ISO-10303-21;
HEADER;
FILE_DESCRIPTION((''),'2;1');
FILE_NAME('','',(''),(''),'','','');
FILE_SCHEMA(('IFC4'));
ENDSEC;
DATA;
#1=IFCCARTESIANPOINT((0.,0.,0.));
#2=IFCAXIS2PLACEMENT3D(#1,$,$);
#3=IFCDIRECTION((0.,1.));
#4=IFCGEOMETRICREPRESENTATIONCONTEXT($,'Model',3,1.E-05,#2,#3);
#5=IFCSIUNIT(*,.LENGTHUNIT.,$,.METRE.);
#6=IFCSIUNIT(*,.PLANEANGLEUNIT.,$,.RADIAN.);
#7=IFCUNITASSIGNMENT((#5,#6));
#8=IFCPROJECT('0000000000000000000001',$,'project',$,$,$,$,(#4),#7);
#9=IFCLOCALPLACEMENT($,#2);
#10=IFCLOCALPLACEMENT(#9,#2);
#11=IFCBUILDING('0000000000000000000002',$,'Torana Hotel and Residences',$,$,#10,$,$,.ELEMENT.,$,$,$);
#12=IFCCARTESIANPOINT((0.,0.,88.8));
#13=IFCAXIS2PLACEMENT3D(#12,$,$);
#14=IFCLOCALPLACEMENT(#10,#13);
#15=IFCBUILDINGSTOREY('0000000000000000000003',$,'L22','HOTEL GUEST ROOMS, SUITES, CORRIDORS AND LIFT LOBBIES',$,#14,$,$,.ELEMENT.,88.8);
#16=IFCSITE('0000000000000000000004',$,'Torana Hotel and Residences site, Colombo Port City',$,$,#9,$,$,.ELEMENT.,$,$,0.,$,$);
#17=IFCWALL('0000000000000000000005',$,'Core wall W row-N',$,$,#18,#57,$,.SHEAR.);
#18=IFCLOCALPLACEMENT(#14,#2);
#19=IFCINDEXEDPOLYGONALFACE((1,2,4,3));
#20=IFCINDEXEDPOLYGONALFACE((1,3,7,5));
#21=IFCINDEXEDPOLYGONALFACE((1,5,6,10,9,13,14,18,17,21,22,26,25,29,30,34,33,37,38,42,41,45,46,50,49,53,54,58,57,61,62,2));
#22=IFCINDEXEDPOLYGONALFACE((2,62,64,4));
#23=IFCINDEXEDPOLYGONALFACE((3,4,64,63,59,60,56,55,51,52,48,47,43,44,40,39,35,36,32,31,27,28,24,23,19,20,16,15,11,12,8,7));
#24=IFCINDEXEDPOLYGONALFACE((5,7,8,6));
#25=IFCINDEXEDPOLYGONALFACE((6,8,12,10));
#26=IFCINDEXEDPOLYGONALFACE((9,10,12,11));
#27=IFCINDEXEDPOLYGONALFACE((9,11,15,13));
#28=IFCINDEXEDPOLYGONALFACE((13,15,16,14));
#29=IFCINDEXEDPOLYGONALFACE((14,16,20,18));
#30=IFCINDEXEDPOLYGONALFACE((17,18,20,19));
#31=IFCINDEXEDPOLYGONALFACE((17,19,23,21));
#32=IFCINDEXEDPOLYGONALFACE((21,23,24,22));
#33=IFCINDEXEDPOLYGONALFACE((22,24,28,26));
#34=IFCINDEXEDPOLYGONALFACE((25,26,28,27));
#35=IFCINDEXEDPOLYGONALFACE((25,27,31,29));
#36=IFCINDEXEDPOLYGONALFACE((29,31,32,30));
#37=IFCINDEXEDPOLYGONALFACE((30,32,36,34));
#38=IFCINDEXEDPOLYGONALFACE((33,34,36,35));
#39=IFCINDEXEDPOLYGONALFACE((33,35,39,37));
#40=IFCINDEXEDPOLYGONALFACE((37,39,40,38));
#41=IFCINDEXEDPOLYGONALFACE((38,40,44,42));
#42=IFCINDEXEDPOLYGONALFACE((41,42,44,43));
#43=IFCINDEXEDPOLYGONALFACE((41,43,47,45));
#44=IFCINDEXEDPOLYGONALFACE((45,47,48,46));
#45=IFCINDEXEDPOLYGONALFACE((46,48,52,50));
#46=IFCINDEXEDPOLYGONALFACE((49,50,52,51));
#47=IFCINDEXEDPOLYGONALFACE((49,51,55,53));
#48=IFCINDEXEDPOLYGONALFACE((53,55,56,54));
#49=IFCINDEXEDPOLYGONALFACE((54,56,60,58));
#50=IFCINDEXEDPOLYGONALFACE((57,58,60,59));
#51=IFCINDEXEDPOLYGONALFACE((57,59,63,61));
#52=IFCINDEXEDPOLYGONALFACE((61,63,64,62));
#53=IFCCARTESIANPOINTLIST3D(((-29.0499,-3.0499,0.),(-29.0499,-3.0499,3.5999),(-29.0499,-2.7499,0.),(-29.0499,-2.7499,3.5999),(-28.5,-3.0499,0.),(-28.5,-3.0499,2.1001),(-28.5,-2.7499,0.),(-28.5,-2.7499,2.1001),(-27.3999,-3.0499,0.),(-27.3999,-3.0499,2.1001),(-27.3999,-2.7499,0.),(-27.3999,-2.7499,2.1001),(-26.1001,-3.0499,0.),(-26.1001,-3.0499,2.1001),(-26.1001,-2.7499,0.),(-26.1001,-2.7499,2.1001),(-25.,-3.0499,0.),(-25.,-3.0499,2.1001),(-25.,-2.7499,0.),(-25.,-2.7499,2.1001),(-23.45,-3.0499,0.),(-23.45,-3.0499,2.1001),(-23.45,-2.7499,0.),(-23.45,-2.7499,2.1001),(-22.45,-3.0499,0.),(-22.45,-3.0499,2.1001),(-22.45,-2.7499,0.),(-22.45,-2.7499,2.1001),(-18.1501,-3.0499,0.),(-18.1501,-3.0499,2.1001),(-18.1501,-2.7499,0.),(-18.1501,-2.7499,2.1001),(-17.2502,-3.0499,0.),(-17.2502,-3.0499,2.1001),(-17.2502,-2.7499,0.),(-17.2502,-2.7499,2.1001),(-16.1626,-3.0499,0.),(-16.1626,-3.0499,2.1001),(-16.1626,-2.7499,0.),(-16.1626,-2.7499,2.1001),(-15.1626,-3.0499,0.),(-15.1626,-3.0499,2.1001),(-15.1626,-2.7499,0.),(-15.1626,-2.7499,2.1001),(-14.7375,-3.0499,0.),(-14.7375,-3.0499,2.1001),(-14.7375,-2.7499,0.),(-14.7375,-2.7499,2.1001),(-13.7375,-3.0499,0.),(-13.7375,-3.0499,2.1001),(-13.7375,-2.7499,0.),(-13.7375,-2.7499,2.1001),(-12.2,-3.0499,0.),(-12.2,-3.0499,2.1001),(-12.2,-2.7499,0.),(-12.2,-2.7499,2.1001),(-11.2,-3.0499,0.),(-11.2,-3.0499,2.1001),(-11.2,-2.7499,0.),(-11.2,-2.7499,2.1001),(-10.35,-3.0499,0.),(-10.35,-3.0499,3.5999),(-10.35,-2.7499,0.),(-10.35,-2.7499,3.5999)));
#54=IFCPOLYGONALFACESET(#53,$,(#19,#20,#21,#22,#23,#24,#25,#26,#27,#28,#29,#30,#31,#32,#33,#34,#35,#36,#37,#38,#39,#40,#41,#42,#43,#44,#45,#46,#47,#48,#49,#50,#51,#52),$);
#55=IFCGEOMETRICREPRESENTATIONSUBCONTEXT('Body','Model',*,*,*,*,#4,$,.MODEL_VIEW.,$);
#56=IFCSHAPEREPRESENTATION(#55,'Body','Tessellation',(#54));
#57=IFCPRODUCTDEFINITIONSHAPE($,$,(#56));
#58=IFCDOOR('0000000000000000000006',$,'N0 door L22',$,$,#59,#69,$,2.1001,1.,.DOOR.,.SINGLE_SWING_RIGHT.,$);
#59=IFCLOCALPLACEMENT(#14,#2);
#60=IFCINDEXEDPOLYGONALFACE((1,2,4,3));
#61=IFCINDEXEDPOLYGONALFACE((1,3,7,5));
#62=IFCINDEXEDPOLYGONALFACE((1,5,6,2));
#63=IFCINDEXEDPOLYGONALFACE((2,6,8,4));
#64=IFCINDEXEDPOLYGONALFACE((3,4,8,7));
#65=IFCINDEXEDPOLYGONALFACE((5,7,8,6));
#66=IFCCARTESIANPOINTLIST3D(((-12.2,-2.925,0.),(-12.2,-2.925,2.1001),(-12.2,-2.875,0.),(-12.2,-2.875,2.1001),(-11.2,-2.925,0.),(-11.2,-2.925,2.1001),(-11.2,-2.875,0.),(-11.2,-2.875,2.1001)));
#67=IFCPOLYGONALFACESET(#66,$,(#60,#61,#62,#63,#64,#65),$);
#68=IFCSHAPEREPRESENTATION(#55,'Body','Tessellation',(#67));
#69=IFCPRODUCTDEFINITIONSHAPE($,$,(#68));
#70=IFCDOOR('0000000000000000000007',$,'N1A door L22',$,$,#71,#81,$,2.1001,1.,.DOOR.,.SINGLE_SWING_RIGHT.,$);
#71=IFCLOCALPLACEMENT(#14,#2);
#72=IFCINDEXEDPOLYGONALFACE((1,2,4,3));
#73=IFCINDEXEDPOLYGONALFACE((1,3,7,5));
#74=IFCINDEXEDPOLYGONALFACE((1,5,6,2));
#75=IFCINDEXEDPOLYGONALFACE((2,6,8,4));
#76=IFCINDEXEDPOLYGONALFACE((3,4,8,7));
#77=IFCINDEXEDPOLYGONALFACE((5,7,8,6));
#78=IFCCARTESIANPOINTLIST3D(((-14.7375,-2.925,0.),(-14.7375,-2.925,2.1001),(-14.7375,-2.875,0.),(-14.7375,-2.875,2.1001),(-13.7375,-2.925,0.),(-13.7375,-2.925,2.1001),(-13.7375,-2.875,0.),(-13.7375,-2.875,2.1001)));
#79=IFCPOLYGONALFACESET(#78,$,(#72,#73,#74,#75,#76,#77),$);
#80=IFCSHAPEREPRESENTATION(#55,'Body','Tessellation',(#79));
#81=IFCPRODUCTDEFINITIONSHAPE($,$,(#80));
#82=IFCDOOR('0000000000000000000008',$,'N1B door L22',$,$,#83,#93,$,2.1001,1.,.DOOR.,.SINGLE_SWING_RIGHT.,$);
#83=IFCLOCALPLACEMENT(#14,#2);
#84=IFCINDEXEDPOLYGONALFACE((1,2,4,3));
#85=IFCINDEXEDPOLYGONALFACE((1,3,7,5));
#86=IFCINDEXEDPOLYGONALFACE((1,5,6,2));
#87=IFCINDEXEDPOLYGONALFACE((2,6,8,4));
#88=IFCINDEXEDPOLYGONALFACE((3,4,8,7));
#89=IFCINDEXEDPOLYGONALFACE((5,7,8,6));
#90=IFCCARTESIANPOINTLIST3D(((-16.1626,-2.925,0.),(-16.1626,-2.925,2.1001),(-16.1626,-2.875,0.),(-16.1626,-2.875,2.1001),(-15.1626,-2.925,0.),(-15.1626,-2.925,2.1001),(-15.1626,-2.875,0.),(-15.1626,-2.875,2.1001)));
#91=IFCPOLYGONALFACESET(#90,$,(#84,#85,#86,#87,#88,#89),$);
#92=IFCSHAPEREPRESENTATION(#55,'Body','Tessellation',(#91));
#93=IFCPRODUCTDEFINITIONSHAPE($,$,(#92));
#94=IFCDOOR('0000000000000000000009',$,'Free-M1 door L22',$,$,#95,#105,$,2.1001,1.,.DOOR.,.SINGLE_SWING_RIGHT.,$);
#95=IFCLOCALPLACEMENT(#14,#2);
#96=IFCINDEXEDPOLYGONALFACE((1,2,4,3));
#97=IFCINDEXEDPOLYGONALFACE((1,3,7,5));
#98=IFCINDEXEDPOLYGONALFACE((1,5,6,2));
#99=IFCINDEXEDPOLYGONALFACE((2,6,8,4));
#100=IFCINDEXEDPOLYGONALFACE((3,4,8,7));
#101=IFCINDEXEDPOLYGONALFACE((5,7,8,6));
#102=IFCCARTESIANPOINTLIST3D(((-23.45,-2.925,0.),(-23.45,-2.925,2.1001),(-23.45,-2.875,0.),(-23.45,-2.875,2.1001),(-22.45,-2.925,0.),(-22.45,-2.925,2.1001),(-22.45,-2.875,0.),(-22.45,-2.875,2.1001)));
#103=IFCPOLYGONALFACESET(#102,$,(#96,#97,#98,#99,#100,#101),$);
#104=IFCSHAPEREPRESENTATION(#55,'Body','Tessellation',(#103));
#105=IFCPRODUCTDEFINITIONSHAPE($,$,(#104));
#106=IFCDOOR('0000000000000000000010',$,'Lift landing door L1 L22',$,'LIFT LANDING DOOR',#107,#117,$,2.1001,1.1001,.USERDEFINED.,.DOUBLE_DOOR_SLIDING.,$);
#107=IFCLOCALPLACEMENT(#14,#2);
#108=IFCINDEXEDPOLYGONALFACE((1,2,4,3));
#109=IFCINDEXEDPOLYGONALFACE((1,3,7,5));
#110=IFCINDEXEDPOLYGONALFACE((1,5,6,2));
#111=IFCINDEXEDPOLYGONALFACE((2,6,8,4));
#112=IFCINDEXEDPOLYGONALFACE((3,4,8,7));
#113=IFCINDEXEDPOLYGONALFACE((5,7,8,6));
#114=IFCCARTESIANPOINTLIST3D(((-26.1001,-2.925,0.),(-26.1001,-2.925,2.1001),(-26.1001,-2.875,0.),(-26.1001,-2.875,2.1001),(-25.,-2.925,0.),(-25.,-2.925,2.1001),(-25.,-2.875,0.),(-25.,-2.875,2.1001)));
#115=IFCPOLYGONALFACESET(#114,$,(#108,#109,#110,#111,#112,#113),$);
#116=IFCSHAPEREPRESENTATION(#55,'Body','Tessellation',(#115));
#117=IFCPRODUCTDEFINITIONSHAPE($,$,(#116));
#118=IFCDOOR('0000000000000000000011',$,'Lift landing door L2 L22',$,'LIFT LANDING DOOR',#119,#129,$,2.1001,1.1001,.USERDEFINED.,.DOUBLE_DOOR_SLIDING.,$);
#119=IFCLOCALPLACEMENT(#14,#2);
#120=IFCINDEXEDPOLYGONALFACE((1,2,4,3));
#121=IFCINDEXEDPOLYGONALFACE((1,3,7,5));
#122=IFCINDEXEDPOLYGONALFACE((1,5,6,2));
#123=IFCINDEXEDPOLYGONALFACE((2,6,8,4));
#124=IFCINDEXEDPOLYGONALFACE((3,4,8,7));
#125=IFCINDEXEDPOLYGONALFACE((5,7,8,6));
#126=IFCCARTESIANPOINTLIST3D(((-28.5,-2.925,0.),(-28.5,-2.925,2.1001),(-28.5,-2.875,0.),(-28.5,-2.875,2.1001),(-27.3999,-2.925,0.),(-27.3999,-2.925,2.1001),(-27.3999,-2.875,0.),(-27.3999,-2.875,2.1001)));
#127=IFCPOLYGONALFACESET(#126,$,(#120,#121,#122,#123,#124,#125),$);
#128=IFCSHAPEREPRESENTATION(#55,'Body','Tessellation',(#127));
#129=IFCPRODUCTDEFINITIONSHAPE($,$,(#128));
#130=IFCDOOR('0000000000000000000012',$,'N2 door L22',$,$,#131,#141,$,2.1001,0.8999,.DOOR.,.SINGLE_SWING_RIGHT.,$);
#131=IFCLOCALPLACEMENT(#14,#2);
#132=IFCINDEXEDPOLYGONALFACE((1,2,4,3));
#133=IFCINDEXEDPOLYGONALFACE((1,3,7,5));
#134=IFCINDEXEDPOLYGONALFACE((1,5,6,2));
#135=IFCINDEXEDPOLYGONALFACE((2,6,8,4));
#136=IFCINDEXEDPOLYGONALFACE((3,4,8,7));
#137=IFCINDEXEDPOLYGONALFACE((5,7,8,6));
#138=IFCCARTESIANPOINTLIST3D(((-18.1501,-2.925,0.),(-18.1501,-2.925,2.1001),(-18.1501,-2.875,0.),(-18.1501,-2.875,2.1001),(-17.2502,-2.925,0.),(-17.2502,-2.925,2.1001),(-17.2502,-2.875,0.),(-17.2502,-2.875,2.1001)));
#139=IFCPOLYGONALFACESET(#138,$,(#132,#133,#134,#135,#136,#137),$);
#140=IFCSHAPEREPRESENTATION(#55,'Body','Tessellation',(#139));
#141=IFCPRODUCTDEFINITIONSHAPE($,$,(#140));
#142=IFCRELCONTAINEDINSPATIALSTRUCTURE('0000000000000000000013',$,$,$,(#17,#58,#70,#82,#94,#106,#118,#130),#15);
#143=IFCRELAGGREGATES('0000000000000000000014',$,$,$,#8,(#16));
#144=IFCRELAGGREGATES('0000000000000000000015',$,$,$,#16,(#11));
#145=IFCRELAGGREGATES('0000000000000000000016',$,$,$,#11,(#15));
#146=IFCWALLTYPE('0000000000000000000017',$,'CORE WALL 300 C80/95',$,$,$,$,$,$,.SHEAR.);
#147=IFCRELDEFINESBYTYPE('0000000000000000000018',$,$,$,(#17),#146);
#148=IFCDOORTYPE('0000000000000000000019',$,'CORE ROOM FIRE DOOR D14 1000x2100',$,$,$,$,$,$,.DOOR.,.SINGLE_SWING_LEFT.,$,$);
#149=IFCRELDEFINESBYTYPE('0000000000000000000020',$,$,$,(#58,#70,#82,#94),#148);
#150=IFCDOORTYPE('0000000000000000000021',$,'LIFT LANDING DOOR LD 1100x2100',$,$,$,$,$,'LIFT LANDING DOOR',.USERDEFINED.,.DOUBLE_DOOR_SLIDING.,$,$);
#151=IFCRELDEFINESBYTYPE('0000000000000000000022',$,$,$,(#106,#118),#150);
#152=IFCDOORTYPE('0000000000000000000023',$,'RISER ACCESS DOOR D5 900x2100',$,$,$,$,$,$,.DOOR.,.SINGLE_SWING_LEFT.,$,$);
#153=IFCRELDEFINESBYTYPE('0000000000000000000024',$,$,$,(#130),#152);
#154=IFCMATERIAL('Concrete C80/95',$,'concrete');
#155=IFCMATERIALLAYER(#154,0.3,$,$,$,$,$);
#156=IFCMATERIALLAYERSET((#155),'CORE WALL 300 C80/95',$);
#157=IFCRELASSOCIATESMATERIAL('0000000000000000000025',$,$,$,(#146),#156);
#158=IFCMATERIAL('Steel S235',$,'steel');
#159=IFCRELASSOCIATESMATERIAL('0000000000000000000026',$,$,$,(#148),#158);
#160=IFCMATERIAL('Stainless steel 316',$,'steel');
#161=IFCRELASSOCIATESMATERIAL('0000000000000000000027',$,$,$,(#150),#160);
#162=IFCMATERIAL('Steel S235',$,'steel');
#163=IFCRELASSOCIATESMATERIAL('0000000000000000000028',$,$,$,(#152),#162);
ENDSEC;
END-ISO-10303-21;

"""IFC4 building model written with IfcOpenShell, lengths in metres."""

from ifc_helpers import new_model, si_unit, direction, frame, frame_2d, origin, place, context, subcontext, project, spatial, rectangle, extrude, material, layer, layer_set, type_object, element, fill, save


model = new_model("IFC4")

# Units and contexts
model_context = context("Model", 3, precision=1e-05, world=origin(), true_north=direction((0.0, 1.0)))
body_context = subcontext(model_context, "Body", "Model", "MODEL_VIEW")
ifc_project = project(units=[si_unit("LENGTHUNIT", "METRE"), si_unit("PLANEANGLEUNIT", "RADIAN")], contexts=[model_context])

# Site, building, storey
site_placement = place(None, origin())
site = spatial("IfcSite", under=ifc_project, at=site_placement, Name="Torana Hotel and Residences site, Colombo Port City", CompositionType="ELEMENT", RefElevation=0.0)
building_placement = place(site_placement, origin())
building = spatial("IfcBuilding", under=site, at=building_placement, Name="Torana Hotel and Residences", CompositionType="ELEMENT")
storey_placement = place(building_placement, frame((0.0, 0.0, 88.8)))
storey = spatial("IfcBuildingStorey", under=building, at=storey_placement, Name="L22", Description="HOTEL GUEST ROOMS, SUITES, CORRIDORS AND LIFT LOBBIES", CompositionType="ELEMENT", Elevation=88.8)

# Wall, openings, doors
ifc_material_1 = material(Name="Concrete C80/95", Category="concrete")
ifc_layer_1 = layer(ifc_material_1, 0.3)
ifc_layer_set_1 = layer_set([ifc_layer_1], Name="CORE WALL 300 C80/95")
wall_type_1 = type_object("IfcWallType", Name="CORE WALL 300 C80/95", PredefinedType="SHEAR", material=ifc_layer_set_1)
wall_1_placement = place(storey_placement, frame((-29.05, -2.8999, 0.0), z_axis=(0.0, 0.0, 1.0), x_axis=(1.0, 0.0, 0.0)))
wall_1 = element("IfcWall", 1, at=wall_1_placement, inside=storey, type_object=wall_type_1, Name="Core wall W row-N", PredefinedType="SHEAR", context=body_context, shape_type="SweptSolid", body=[
    extrude(rectangle(XDim=18.7, YDim=0.3, at=frame_2d((9.3501, 0.0))), origin(), (0.0, 0.0, 1.0), 3.5999),
])
opening_1_placement = place(wall_1_placement, frame((2.95, 0.0, 0.0)))
opening_1 = element("IfcOpeningElement", 2, at=opening_1_placement, cuts=wall_1, PredefinedType="OPENING", context=body_context, shape_type="SweptSolid", body=[
    extrude(rectangle(XDim=1.1001, YDim=2.1001, at=frame_2d((0.55, 1.05))), frame((0.0, 0.1599, 0.0), z_axis=(0.0, -1.0, 0.0), x_axis=(1.0, 0.0, 0.0)), (0.0, 0.0, 1.0), 0.3201),
])
opening_2_placement = place(wall_1_placement, frame((0.55, 0.0, 0.0)))
opening_2 = element("IfcOpeningElement", 3, at=opening_2_placement, cuts=wall_1, PredefinedType="OPENING", context=body_context, shape_type="SweptSolid", body=[
    extrude(rectangle(XDim=1.1001, YDim=2.1001, at=frame_2d((0.55, 1.05))), frame((0.0, 0.1599, 0.0), z_axis=(0.0, -1.0, 0.0), x_axis=(1.0, 0.0, 0.0)), (0.0, 0.0, 1.0), 0.3201),
])
opening_3_placement = place(wall_1_placement, frame((10.8999, 0.0, 0.0)))
opening_3 = element("IfcOpeningElement", 4, at=opening_3_placement, cuts=wall_1, PredefinedType="OPENING", context=body_context, shape_type="SweptSolid", body=[
    extrude(rectangle(XDim=0.8999, YDim=2.1001, at=frame_2d((0.45, 1.05))), frame((0.0, 0.1599, 0.0), z_axis=(0.0, -1.0, 0.0), x_axis=(1.0, 0.0, 0.0)), (0.0, 0.0, 1.0), 0.3201),
])
opening_4_placement = place(wall_1_placement, frame((16.8501, 0.0, 0.0)))
opening_4 = element("IfcOpeningElement", 5, at=opening_4_placement, cuts=wall_1, PredefinedType="OPENING", context=body_context, shape_type="SweptSolid", body=[
    extrude(rectangle(XDim=1.0, YDim=2.1001, at=frame_2d((0.5, 1.05))), frame((0.0, 0.1599, 0.0), z_axis=(0.0, -1.0, 0.0), x_axis=(1.0, 0.0, 0.0)), (0.0, 0.0, 1.0), 0.3201),
])
opening_5_placement = place(wall_1_placement, frame((14.3125, 0.0, 0.0)))
opening_5 = element("IfcOpeningElement", 6, at=opening_5_placement, cuts=wall_1, PredefinedType="OPENING", context=body_context, shape_type="SweptSolid", body=[
    extrude(rectangle(XDim=1.0, YDim=2.1001, at=frame_2d((0.5, 1.05))), frame((0.0, 0.1599, 0.0), z_axis=(0.0, -1.0, 0.0), x_axis=(1.0, 0.0, 0.0)), (0.0, 0.0, 1.0), 0.3201),
])
opening_6_placement = place(wall_1_placement, frame((12.8875, 0.0, 0.0)))
opening_6 = element("IfcOpeningElement", 7, at=opening_6_placement, cuts=wall_1, PredefinedType="OPENING", context=body_context, shape_type="SweptSolid", body=[
    extrude(rectangle(XDim=1.0, YDim=2.1001, at=frame_2d((0.5, 1.05))), frame((0.0, 0.1599, 0.0), z_axis=(0.0, -1.0, 0.0), x_axis=(1.0, 0.0, 0.0)), (0.0, 0.0, 1.0), 0.3201),
])
opening_7_placement = place(wall_1_placement, frame((5.6001, 0.0, 0.0)))
opening_7 = element("IfcOpeningElement", 8, at=opening_7_placement, cuts=wall_1, PredefinedType="OPENING", context=body_context, shape_type="SweptSolid", body=[
    extrude(rectangle(XDim=1.0, YDim=2.1001, at=frame_2d((0.5, 1.05))), frame((0.0, 0.1599, 0.0), z_axis=(0.0, -1.0, 0.0), x_axis=(1.0, 0.0, 0.0)), (0.0, 0.0, 1.0), 0.3201),
])
ifc_material_2 = material(Name="Steel S235", Category="steel")
door_type_1 = type_object("IfcDoorType", Name="CORE ROOM FIRE DOOR D14 1000x2100", OperationType="SINGLE_SWING_LEFT", PredefinedType="DOOR", material=ifc_material_2)
door_1_placement = place(opening_4_placement, origin())
door_1 = element("IfcDoor", 9, at=door_1_placement, inside=storey, type_object=door_type_1, Name="N0 door L22", OperationType="SINGLE_SWING_RIGHT", OverallHeight=2.1001, OverallWidth=1.0, PredefinedType="DOOR", context=body_context, shape_type="SweptSolid", body=[
    extrude(rectangle(XDim=1.0, YDim=2.1001, at=frame_2d((0.5, 1.05))), frame((0.0, 0.0249, 0.0), z_axis=(0.0, -1.0, 0.0), x_axis=(1.0, 0.0, 0.0)), (0.0, 0.0, 1.0), 0.05),
])
fill(opening_4, door_1)
door_2_placement = place(opening_5_placement, origin())
door_2 = element("IfcDoor", 10, at=door_2_placement, inside=storey, type_object=door_type_1, Name="N1A door L22", OperationType="SINGLE_SWING_RIGHT", OverallHeight=2.1001, OverallWidth=1.0, PredefinedType="DOOR", context=body_context, shape_type="SweptSolid", body=[
    extrude(rectangle(XDim=1.0, YDim=2.1001, at=frame_2d((0.5, 1.05))), frame((0.0, 0.0249, 0.0), z_axis=(0.0, -1.0, 0.0), x_axis=(1.0, 0.0, 0.0)), (0.0, 0.0, 1.0), 0.05),
])
fill(opening_5, door_2)
door_3_placement = place(opening_6_placement, origin())
door_3 = element("IfcDoor", 11, at=door_3_placement, inside=storey, type_object=door_type_1, Name="N1B door L22", OperationType="SINGLE_SWING_RIGHT", OverallHeight=2.1001, OverallWidth=1.0, PredefinedType="DOOR", context=body_context, shape_type="SweptSolid", body=[
    extrude(rectangle(XDim=1.0, YDim=2.1001, at=frame_2d((0.5, 1.05))), frame((0.0, 0.0249, 0.0), z_axis=(0.0, -1.0, 0.0), x_axis=(1.0, 0.0, 0.0)), (0.0, 0.0, 1.0), 0.05),
])
fill(opening_6, door_3)
door_4_placement = place(opening_7_placement, origin())
door_4 = element("IfcDoor", 12, at=door_4_placement, inside=storey, type_object=door_type_1, Name="Free-M1 door L22", OperationType="SINGLE_SWING_RIGHT", OverallHeight=2.1001, OverallWidth=1.0, PredefinedType="DOOR", context=body_context, shape_type="SweptSolid", body=[
    extrude(rectangle(XDim=1.0, YDim=2.1001, at=frame_2d((0.5, 1.05))), frame((0.0, 0.0249, 0.0), z_axis=(0.0, -1.0, 0.0), x_axis=(1.0, 0.0, 0.0)), (0.0, 0.0, 1.0), 0.05),
])
fill(opening_7, door_4)
ifc_material_3 = material(Name="Stainless steel 316", Category="steel")
door_type_2 = type_object("IfcDoorType", Name="LIFT LANDING DOOR LD 1100x2100", ElementType="LIFT LANDING DOOR", OperationType="DOUBLE_DOOR_SLIDING", PredefinedType="USERDEFINED", material=ifc_material_3)
door_5_placement = place(opening_1_placement, origin())
door_5 = element("IfcDoor", 13, at=door_5_placement, inside=storey, type_object=door_type_2, Name="Lift landing door L1 L22", ObjectType="LIFT LANDING DOOR", OperationType="DOUBLE_DOOR_SLIDING", OverallHeight=2.1001, OverallWidth=1.1001, PredefinedType="USERDEFINED", context=body_context, shape_type="SweptSolid", body=[
    extrude(rectangle(XDim=1.1001, YDim=2.1001, at=frame_2d((0.55, 1.05))), frame((0.0, 0.0249, 0.0), z_axis=(0.0, -1.0, 0.0), x_axis=(1.0, 0.0, 0.0)), (0.0, 0.0, 1.0), 0.05),
])
fill(opening_1, door_5)
door_6_placement = place(opening_2_placement, origin())
door_6 = element("IfcDoor", 14, at=door_6_placement, inside=storey, type_object=door_type_2, Name="Lift landing door L2 L22", ObjectType="LIFT LANDING DOOR", OperationType="DOUBLE_DOOR_SLIDING", OverallHeight=2.1001, OverallWidth=1.1001, PredefinedType="USERDEFINED", context=body_context, shape_type="SweptSolid", body=[
    extrude(rectangle(XDim=1.1001, YDim=2.1001, at=frame_2d((0.55, 1.05))), frame((0.0, 0.0249, 0.0), z_axis=(0.0, -1.0, 0.0), x_axis=(1.0, 0.0, 0.0)), (0.0, 0.0, 1.0), 0.05),
])
fill(opening_2, door_6)
ifc_material_4 = material(Name="Steel S235", Category="steel")
door_type_3 = type_object("IfcDoorType", Name="RISER ACCESS DOOR D5 900x2100", OperationType="SINGLE_SWING_LEFT", PredefinedType="DOOR", material=ifc_material_4)
door_7_placement = place(opening_3_placement, origin())
door_7 = element("IfcDoor", 15, at=door_7_placement, inside=storey, type_object=door_type_3, Name="N2 door L22", OperationType="SINGLE_SWING_RIGHT", OverallHeight=2.1001, OverallWidth=0.8999, PredefinedType="DOOR", context=body_context, shape_type="SweptSolid", body=[
    extrude(rectangle(XDim=0.8999, YDim=2.1001, at=frame_2d((0.45, 1.05))), frame((0.0, 0.0249, 0.0), z_axis=(0.0, -1.0, 0.0), x_axis=(1.0, 0.0, 0.0)), (0.0, 0.0, 1.0), 0.05),
])
fill(opening_3, door_7)

save(model, "model.ifc")
